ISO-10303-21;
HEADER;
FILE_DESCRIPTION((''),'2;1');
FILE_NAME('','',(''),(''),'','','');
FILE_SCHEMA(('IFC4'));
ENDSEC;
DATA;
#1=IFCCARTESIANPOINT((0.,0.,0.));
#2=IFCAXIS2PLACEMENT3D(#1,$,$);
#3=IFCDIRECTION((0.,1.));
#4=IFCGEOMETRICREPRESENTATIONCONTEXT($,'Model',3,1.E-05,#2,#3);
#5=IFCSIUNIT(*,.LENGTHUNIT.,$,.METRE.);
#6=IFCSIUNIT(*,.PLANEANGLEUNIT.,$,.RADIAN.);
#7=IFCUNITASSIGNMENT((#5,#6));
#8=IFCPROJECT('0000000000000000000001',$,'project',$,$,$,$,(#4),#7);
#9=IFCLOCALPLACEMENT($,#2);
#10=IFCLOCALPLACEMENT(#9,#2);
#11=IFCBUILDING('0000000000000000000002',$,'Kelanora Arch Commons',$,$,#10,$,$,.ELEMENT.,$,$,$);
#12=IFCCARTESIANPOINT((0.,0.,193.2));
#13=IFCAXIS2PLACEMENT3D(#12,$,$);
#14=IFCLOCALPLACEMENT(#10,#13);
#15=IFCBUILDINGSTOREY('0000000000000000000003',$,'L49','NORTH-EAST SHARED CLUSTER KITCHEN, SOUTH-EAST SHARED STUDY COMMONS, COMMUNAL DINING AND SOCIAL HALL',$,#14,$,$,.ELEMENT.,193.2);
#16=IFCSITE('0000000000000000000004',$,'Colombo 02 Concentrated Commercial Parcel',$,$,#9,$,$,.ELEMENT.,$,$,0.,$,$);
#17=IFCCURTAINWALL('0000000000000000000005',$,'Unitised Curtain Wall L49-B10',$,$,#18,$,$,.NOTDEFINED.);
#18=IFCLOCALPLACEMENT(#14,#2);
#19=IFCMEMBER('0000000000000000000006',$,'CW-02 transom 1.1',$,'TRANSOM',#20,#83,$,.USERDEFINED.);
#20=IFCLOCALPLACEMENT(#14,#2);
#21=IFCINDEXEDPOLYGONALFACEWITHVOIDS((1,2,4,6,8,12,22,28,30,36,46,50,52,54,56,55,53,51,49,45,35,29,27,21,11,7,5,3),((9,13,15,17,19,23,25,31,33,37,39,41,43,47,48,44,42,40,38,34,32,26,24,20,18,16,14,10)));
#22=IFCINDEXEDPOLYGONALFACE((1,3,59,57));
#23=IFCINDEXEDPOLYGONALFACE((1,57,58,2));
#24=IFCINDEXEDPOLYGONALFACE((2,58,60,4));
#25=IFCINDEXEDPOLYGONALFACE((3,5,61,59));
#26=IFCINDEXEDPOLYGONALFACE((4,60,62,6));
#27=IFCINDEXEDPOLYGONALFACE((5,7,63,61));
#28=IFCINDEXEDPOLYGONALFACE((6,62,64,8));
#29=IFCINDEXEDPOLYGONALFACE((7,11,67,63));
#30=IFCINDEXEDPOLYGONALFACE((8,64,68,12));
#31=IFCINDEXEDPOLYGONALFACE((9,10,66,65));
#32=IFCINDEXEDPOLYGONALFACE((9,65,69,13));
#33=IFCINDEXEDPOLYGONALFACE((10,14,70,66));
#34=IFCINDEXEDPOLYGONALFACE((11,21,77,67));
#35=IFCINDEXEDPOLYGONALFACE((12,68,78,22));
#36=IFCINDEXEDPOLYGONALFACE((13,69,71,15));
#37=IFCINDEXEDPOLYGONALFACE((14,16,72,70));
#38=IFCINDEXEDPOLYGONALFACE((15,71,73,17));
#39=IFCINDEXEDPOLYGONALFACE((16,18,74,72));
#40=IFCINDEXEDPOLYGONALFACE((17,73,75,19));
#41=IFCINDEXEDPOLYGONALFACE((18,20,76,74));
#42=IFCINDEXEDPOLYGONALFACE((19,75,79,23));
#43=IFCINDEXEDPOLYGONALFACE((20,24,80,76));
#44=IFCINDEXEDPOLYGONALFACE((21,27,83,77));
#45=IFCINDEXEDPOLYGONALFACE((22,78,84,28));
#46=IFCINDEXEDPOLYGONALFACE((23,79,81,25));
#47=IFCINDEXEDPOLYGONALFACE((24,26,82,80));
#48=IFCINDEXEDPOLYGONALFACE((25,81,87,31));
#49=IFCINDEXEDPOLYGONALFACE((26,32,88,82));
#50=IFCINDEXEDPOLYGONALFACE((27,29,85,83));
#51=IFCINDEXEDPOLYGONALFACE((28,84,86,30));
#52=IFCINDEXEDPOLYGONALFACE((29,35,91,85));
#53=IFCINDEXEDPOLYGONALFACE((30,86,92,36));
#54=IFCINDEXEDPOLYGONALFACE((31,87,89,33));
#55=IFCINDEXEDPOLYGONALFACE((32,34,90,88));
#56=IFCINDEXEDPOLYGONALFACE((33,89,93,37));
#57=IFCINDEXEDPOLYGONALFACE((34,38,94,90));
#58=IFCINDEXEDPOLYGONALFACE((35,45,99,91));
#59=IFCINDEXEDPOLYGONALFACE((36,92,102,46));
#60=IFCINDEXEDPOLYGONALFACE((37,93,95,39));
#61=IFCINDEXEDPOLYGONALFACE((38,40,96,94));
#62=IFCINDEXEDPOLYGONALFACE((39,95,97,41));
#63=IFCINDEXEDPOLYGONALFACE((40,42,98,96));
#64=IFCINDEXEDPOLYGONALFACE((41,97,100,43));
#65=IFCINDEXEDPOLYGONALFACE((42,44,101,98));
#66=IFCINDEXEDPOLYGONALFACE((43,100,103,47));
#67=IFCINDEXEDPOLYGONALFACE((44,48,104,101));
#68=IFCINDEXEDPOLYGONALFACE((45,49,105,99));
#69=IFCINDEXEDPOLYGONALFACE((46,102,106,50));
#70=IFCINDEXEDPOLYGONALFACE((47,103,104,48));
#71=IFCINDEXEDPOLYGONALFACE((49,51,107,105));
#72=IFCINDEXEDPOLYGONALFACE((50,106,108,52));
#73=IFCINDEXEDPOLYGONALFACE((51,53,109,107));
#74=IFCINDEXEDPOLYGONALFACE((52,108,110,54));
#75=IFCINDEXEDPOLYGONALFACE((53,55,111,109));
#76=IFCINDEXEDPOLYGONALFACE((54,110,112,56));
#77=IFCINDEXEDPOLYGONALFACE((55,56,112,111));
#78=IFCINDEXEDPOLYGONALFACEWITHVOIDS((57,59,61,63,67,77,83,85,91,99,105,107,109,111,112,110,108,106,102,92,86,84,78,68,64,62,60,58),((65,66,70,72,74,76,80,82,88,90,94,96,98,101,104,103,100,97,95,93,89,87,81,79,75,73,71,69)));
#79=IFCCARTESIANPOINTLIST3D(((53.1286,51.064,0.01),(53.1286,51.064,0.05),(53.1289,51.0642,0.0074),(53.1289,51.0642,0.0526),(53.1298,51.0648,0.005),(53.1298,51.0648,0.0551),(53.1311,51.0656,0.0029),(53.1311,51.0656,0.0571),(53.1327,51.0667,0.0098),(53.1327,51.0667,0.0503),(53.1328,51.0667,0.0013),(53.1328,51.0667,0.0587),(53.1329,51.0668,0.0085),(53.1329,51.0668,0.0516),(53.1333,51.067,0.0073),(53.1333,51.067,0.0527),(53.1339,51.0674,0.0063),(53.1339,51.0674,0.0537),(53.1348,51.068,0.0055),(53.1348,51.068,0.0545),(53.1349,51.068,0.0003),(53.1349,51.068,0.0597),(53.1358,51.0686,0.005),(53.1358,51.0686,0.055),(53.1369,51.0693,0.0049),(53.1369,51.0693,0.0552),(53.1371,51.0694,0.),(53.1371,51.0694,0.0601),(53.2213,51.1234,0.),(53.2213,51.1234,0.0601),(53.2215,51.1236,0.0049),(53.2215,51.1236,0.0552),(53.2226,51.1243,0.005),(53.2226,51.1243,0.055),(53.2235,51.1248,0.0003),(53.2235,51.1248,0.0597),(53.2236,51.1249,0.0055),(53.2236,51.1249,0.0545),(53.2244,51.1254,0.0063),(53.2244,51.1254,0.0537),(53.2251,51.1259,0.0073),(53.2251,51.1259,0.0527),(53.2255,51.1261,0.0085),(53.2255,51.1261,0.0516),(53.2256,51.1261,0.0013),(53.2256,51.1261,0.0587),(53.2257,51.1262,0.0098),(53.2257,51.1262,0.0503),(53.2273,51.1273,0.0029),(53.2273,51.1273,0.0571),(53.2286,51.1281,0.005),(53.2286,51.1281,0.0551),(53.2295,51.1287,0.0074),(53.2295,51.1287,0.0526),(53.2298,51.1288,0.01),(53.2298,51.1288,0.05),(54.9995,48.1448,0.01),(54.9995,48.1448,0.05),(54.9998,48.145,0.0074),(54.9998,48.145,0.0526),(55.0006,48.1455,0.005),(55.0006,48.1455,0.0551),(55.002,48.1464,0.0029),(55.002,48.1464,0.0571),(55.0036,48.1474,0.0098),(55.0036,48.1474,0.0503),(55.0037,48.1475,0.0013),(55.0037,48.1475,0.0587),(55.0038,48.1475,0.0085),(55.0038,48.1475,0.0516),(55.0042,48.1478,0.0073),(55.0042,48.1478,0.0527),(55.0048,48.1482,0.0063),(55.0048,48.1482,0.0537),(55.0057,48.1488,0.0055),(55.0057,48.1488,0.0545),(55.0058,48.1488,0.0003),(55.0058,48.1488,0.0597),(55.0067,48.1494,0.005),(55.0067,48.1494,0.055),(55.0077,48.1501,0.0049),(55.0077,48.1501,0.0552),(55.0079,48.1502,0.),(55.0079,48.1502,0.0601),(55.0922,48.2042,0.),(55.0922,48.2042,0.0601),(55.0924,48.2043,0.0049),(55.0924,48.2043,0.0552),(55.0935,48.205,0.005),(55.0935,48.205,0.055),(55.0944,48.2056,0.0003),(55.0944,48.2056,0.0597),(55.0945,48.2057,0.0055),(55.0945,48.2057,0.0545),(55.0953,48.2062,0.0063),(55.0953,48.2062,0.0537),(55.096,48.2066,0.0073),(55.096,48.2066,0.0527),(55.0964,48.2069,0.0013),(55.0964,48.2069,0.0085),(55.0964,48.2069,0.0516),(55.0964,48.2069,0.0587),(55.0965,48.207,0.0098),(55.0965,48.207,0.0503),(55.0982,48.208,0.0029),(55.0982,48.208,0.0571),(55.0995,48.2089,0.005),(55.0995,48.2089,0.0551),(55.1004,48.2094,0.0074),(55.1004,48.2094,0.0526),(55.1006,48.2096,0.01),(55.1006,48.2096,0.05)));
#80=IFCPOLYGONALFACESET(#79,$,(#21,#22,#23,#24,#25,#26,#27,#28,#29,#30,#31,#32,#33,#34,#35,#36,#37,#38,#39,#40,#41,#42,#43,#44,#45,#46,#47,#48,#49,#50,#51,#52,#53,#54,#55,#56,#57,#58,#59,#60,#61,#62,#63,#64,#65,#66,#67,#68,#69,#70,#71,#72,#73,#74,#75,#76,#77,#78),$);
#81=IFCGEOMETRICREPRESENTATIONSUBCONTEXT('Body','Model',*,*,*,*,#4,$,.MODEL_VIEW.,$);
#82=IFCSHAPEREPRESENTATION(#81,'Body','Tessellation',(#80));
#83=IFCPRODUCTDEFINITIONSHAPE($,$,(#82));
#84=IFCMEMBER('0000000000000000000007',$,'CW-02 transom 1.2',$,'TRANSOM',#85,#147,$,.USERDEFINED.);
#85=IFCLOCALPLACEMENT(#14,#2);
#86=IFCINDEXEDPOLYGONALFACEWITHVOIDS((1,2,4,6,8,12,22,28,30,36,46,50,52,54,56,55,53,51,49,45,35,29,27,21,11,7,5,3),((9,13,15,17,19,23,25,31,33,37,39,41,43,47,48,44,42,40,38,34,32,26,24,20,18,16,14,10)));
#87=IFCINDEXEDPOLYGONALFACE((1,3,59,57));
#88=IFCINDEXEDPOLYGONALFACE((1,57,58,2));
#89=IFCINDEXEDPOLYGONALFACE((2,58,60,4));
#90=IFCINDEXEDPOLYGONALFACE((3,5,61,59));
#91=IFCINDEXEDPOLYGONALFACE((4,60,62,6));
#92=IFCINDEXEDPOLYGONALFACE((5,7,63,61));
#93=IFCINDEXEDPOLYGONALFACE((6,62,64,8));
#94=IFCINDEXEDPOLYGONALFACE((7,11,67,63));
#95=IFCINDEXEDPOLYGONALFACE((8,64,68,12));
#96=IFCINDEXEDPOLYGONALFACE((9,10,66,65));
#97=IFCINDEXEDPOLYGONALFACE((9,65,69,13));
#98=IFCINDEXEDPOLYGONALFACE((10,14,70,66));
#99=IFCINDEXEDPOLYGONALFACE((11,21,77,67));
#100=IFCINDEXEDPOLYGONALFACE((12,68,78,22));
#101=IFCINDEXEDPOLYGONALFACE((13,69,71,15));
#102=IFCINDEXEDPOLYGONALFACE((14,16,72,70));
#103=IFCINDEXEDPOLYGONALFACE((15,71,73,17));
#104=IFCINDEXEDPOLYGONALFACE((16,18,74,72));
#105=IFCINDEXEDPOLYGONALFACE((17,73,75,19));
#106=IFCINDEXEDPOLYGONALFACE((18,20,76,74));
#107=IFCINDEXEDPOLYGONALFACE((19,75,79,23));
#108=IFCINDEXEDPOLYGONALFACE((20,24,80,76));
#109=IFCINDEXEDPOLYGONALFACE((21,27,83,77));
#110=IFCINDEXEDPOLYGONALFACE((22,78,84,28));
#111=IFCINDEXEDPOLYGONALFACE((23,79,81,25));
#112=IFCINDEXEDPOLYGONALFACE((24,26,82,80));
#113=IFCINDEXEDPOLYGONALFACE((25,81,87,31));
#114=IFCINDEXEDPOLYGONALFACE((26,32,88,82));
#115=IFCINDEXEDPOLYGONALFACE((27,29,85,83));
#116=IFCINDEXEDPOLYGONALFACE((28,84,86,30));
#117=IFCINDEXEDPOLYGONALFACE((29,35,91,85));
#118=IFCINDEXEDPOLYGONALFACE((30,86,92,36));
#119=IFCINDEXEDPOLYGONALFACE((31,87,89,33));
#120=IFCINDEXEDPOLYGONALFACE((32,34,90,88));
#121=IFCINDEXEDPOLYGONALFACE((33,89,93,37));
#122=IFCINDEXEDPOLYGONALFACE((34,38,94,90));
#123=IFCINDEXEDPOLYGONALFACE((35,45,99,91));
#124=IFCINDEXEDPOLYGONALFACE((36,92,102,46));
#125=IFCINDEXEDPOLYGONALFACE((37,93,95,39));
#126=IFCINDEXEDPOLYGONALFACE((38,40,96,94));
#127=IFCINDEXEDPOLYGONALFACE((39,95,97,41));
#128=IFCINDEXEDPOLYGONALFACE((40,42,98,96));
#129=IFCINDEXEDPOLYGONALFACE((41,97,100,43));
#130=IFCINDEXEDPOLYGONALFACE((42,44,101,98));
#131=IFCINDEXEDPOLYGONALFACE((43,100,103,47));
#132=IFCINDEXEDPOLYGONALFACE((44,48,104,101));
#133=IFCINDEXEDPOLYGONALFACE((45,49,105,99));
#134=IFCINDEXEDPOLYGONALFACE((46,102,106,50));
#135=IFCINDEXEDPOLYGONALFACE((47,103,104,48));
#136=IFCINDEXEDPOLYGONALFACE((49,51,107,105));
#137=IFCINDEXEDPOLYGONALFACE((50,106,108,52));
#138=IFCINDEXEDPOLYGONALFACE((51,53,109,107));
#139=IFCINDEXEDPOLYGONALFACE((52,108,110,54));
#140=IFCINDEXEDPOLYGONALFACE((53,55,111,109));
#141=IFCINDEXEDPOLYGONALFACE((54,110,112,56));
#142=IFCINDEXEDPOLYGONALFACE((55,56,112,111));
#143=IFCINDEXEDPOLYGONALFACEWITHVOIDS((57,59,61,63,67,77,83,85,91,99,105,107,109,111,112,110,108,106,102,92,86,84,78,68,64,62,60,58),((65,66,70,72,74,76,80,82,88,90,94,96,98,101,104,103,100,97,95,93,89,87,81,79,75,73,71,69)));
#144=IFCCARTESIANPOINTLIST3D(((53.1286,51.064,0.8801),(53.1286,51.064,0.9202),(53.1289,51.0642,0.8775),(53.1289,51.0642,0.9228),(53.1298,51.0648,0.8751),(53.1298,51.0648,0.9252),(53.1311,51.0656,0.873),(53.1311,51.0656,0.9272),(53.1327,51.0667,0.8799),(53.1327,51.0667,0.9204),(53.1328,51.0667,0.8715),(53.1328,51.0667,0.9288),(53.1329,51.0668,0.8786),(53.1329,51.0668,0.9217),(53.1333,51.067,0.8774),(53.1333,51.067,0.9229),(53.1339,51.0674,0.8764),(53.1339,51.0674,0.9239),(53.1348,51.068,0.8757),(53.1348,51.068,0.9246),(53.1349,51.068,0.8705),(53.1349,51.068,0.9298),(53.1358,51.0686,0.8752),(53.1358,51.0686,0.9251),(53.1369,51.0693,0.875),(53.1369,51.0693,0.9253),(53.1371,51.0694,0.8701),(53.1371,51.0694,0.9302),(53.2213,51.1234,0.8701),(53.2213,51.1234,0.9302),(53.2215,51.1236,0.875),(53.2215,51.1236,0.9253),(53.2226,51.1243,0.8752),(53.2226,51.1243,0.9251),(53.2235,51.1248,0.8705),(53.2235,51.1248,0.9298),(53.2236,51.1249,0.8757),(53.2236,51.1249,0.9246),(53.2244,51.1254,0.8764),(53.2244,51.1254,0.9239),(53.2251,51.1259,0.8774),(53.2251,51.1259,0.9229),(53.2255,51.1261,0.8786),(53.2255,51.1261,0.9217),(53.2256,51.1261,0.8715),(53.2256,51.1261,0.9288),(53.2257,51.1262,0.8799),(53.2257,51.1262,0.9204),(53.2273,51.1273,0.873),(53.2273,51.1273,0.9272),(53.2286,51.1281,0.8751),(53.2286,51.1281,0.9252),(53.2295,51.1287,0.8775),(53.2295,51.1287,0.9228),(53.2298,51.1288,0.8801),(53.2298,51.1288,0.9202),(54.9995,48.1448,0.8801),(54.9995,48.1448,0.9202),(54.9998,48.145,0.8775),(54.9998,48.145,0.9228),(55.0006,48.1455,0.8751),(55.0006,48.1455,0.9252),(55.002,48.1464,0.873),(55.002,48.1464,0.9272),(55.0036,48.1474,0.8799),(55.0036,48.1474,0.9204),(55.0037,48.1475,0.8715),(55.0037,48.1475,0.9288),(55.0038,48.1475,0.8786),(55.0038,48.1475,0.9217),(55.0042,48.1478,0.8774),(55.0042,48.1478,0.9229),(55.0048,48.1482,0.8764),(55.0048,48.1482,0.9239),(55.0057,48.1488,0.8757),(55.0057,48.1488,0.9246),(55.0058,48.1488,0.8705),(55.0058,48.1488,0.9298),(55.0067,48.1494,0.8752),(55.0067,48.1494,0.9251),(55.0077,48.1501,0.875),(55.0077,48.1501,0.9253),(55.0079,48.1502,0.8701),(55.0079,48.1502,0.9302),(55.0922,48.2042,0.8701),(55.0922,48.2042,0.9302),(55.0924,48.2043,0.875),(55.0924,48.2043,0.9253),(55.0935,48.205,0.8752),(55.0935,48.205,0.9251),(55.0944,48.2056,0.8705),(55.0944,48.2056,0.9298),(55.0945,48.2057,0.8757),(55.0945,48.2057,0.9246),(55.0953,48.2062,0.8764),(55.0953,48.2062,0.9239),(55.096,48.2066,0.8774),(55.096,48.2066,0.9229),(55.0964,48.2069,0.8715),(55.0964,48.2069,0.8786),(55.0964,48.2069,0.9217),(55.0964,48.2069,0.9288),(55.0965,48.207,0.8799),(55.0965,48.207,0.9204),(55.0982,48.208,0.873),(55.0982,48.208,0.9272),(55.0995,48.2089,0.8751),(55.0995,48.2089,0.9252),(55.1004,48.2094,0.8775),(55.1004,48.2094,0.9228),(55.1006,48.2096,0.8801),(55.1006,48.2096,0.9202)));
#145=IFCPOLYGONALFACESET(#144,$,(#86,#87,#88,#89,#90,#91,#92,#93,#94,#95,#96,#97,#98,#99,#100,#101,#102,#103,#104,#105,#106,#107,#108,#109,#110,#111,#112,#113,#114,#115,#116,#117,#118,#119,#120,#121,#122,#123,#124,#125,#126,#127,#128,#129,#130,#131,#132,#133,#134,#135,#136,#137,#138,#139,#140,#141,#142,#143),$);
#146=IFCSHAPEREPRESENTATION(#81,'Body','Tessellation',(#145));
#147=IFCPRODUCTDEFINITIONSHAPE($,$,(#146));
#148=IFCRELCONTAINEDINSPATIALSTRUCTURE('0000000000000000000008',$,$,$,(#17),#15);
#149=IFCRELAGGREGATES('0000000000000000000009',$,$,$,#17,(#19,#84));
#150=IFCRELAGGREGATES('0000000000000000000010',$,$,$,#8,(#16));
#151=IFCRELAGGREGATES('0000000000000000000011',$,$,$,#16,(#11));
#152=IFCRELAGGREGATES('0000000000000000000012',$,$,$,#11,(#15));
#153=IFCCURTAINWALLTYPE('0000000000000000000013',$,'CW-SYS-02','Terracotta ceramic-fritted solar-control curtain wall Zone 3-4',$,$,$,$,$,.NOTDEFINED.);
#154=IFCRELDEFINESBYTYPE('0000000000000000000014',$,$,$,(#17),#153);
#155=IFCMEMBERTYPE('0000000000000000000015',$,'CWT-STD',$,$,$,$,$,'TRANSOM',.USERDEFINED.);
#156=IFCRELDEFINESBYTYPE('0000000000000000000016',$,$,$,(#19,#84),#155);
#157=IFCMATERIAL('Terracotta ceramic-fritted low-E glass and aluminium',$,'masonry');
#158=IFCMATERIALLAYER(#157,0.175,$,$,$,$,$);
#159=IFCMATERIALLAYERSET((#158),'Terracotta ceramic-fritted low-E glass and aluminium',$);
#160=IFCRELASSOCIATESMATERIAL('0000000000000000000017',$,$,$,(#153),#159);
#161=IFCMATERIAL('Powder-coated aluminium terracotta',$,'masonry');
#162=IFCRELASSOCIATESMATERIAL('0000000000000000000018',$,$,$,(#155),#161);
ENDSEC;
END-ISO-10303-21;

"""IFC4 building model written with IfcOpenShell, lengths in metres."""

from ifc_helpers import new_model, si_unit, direction, frame, origin, origin_2d, place, context, subcontext, project, spatial, hollow_rectangle, extrude, material, layer, layer_set, material_profile, profile_set, type_object, element, aggregate, save


model = new_model("IFC4")

# Units and contexts
model_context = context("Model", 3, precision=1e-05, world=origin(), true_north=direction((0.0, 1.0)))
body_context = subcontext(model_context, "Body", "Model", "MODEL_VIEW")
ifc_project = project(units=[si_unit("LENGTHUNIT", "METRE"), si_unit("PLANEANGLEUNIT", "RADIAN")], contexts=[model_context])

# Site, building, storey
site_placement = place(None, origin())
site = spatial("IfcSite", under=ifc_project, at=site_placement, Name="Colombo 02 Concentrated Commercial Parcel", CompositionType="ELEMENT", RefElevation=0.0)
building_placement = place(site_placement, origin())
building = spatial("IfcBuilding", under=site, at=building_placement, Name="Kelanora Arch Commons", CompositionType="ELEMENT")
storey_placement = place(building_placement, frame((0.0, 0.0, 193.2)))
storey = spatial("IfcBuildingStorey", under=building, at=storey_placement, Name="L49", Description="NORTH-EAST SHARED CLUSTER KITCHEN, SOUTH-EAST SHARED STUDY COMMONS, COMMUNAL DINING AND SOCIAL HALL", CompositionType="ELEMENT", Elevation=193.2)

# Shared definitions
ifc_material_1 = material(Name="Terracotta ceramic-fritted low-E glass and aluminium", Category="masonry")
ifc_layer_1 = layer(ifc_material_1, 0.175)
ifc_layer_set_1 = layer_set([ifc_layer_1], Name="Terracotta ceramic-fritted low-E glass and aluminium")
curtain_wall_type = type_object("IfcCurtainWallType", Name="CW-SYS-02", Description="Terracotta ceramic-fritted solar-control curtain wall Zone 3-4", PredefinedType="NOTDEFINED", material=ifc_layer_set_1)
ifc_material_2 = material(Name="Powder-coated aluminium terracotta", Category="masonry")

# Curtain wall, members
curtain_wall_1_placement = place(storey_placement, origin())
curtain_wall_1 = element("IfcCurtainWall", 1, at=curtain_wall_1_placement, inside=storey, type_object=curtain_wall_type, Name="Unitised Curtain Wall L49-B10", PredefinedType="NOTDEFINED")
ifc_material_profile_1 = material_profile(ifc_material_2, hollow_rectangle(XDim=0.1201, YDim=0.0601, WallThickness=0.0049, InnerFilletRadius=0.0049, OuterFilletRadius=0.01, at=origin_2d()), Name="CWT120x60")
ifc_profile_set_1 = profile_set([ifc_material_profile_1], Name="Powder-coated aluminium terracotta")
member_type_1 = type_object("IfcMemberType", Name="CWT-STD", ElementType="TRANSOM", PredefinedType="USERDEFINED", material=ifc_profile_set_1)
member_1_placement = place(storey_placement, frame((53.1792, 51.0964, 0.03), z_axis=(0.539579, -0.841935, 0.0), x_axis=(0.841935, 0.539579, 0.0)))
member_1 = element("IfcMember", 2, at=member_1_placement, type_object=member_type_1, Name="CW-02 transom 1.1", ObjectType="TRANSOM", PredefinedType="USERDEFINED", context=body_context, shape_type="SweptSolid", body=[
    extrude(hollow_rectangle(XDim=0.1201, YDim=0.0601, WallThickness=0.0049, InnerFilletRadius=0.0049, OuterFilletRadius=0.01, at=origin_2d()), origin(), (0.0, 0.0, 1.0), 3.4673),
])
member_2_placement = place(storey_placement, frame((53.1792, 51.0964, 0.9001), z_axis=(0.539579, -0.841935, 0.0), x_axis=(0.841935, 0.539579, 0.0)))
member_2 = element("IfcMember", 3, at=member_2_placement, type_object=member_type_1, Name="CW-02 transom 1.2", ObjectType="TRANSOM", PredefinedType="USERDEFINED", context=body_context, shape_type="SweptSolid", body=[
    extrude(hollow_rectangle(XDim=0.1201, YDim=0.0601, WallThickness=0.0049, InnerFilletRadius=0.0049, OuterFilletRadius=0.01, at=origin_2d()), origin(), (0.0, 0.0, 1.0), 3.4673),
])

aggregate(curtain_wall_1, [member_1, member_2])

save(model, "model.ifc")
